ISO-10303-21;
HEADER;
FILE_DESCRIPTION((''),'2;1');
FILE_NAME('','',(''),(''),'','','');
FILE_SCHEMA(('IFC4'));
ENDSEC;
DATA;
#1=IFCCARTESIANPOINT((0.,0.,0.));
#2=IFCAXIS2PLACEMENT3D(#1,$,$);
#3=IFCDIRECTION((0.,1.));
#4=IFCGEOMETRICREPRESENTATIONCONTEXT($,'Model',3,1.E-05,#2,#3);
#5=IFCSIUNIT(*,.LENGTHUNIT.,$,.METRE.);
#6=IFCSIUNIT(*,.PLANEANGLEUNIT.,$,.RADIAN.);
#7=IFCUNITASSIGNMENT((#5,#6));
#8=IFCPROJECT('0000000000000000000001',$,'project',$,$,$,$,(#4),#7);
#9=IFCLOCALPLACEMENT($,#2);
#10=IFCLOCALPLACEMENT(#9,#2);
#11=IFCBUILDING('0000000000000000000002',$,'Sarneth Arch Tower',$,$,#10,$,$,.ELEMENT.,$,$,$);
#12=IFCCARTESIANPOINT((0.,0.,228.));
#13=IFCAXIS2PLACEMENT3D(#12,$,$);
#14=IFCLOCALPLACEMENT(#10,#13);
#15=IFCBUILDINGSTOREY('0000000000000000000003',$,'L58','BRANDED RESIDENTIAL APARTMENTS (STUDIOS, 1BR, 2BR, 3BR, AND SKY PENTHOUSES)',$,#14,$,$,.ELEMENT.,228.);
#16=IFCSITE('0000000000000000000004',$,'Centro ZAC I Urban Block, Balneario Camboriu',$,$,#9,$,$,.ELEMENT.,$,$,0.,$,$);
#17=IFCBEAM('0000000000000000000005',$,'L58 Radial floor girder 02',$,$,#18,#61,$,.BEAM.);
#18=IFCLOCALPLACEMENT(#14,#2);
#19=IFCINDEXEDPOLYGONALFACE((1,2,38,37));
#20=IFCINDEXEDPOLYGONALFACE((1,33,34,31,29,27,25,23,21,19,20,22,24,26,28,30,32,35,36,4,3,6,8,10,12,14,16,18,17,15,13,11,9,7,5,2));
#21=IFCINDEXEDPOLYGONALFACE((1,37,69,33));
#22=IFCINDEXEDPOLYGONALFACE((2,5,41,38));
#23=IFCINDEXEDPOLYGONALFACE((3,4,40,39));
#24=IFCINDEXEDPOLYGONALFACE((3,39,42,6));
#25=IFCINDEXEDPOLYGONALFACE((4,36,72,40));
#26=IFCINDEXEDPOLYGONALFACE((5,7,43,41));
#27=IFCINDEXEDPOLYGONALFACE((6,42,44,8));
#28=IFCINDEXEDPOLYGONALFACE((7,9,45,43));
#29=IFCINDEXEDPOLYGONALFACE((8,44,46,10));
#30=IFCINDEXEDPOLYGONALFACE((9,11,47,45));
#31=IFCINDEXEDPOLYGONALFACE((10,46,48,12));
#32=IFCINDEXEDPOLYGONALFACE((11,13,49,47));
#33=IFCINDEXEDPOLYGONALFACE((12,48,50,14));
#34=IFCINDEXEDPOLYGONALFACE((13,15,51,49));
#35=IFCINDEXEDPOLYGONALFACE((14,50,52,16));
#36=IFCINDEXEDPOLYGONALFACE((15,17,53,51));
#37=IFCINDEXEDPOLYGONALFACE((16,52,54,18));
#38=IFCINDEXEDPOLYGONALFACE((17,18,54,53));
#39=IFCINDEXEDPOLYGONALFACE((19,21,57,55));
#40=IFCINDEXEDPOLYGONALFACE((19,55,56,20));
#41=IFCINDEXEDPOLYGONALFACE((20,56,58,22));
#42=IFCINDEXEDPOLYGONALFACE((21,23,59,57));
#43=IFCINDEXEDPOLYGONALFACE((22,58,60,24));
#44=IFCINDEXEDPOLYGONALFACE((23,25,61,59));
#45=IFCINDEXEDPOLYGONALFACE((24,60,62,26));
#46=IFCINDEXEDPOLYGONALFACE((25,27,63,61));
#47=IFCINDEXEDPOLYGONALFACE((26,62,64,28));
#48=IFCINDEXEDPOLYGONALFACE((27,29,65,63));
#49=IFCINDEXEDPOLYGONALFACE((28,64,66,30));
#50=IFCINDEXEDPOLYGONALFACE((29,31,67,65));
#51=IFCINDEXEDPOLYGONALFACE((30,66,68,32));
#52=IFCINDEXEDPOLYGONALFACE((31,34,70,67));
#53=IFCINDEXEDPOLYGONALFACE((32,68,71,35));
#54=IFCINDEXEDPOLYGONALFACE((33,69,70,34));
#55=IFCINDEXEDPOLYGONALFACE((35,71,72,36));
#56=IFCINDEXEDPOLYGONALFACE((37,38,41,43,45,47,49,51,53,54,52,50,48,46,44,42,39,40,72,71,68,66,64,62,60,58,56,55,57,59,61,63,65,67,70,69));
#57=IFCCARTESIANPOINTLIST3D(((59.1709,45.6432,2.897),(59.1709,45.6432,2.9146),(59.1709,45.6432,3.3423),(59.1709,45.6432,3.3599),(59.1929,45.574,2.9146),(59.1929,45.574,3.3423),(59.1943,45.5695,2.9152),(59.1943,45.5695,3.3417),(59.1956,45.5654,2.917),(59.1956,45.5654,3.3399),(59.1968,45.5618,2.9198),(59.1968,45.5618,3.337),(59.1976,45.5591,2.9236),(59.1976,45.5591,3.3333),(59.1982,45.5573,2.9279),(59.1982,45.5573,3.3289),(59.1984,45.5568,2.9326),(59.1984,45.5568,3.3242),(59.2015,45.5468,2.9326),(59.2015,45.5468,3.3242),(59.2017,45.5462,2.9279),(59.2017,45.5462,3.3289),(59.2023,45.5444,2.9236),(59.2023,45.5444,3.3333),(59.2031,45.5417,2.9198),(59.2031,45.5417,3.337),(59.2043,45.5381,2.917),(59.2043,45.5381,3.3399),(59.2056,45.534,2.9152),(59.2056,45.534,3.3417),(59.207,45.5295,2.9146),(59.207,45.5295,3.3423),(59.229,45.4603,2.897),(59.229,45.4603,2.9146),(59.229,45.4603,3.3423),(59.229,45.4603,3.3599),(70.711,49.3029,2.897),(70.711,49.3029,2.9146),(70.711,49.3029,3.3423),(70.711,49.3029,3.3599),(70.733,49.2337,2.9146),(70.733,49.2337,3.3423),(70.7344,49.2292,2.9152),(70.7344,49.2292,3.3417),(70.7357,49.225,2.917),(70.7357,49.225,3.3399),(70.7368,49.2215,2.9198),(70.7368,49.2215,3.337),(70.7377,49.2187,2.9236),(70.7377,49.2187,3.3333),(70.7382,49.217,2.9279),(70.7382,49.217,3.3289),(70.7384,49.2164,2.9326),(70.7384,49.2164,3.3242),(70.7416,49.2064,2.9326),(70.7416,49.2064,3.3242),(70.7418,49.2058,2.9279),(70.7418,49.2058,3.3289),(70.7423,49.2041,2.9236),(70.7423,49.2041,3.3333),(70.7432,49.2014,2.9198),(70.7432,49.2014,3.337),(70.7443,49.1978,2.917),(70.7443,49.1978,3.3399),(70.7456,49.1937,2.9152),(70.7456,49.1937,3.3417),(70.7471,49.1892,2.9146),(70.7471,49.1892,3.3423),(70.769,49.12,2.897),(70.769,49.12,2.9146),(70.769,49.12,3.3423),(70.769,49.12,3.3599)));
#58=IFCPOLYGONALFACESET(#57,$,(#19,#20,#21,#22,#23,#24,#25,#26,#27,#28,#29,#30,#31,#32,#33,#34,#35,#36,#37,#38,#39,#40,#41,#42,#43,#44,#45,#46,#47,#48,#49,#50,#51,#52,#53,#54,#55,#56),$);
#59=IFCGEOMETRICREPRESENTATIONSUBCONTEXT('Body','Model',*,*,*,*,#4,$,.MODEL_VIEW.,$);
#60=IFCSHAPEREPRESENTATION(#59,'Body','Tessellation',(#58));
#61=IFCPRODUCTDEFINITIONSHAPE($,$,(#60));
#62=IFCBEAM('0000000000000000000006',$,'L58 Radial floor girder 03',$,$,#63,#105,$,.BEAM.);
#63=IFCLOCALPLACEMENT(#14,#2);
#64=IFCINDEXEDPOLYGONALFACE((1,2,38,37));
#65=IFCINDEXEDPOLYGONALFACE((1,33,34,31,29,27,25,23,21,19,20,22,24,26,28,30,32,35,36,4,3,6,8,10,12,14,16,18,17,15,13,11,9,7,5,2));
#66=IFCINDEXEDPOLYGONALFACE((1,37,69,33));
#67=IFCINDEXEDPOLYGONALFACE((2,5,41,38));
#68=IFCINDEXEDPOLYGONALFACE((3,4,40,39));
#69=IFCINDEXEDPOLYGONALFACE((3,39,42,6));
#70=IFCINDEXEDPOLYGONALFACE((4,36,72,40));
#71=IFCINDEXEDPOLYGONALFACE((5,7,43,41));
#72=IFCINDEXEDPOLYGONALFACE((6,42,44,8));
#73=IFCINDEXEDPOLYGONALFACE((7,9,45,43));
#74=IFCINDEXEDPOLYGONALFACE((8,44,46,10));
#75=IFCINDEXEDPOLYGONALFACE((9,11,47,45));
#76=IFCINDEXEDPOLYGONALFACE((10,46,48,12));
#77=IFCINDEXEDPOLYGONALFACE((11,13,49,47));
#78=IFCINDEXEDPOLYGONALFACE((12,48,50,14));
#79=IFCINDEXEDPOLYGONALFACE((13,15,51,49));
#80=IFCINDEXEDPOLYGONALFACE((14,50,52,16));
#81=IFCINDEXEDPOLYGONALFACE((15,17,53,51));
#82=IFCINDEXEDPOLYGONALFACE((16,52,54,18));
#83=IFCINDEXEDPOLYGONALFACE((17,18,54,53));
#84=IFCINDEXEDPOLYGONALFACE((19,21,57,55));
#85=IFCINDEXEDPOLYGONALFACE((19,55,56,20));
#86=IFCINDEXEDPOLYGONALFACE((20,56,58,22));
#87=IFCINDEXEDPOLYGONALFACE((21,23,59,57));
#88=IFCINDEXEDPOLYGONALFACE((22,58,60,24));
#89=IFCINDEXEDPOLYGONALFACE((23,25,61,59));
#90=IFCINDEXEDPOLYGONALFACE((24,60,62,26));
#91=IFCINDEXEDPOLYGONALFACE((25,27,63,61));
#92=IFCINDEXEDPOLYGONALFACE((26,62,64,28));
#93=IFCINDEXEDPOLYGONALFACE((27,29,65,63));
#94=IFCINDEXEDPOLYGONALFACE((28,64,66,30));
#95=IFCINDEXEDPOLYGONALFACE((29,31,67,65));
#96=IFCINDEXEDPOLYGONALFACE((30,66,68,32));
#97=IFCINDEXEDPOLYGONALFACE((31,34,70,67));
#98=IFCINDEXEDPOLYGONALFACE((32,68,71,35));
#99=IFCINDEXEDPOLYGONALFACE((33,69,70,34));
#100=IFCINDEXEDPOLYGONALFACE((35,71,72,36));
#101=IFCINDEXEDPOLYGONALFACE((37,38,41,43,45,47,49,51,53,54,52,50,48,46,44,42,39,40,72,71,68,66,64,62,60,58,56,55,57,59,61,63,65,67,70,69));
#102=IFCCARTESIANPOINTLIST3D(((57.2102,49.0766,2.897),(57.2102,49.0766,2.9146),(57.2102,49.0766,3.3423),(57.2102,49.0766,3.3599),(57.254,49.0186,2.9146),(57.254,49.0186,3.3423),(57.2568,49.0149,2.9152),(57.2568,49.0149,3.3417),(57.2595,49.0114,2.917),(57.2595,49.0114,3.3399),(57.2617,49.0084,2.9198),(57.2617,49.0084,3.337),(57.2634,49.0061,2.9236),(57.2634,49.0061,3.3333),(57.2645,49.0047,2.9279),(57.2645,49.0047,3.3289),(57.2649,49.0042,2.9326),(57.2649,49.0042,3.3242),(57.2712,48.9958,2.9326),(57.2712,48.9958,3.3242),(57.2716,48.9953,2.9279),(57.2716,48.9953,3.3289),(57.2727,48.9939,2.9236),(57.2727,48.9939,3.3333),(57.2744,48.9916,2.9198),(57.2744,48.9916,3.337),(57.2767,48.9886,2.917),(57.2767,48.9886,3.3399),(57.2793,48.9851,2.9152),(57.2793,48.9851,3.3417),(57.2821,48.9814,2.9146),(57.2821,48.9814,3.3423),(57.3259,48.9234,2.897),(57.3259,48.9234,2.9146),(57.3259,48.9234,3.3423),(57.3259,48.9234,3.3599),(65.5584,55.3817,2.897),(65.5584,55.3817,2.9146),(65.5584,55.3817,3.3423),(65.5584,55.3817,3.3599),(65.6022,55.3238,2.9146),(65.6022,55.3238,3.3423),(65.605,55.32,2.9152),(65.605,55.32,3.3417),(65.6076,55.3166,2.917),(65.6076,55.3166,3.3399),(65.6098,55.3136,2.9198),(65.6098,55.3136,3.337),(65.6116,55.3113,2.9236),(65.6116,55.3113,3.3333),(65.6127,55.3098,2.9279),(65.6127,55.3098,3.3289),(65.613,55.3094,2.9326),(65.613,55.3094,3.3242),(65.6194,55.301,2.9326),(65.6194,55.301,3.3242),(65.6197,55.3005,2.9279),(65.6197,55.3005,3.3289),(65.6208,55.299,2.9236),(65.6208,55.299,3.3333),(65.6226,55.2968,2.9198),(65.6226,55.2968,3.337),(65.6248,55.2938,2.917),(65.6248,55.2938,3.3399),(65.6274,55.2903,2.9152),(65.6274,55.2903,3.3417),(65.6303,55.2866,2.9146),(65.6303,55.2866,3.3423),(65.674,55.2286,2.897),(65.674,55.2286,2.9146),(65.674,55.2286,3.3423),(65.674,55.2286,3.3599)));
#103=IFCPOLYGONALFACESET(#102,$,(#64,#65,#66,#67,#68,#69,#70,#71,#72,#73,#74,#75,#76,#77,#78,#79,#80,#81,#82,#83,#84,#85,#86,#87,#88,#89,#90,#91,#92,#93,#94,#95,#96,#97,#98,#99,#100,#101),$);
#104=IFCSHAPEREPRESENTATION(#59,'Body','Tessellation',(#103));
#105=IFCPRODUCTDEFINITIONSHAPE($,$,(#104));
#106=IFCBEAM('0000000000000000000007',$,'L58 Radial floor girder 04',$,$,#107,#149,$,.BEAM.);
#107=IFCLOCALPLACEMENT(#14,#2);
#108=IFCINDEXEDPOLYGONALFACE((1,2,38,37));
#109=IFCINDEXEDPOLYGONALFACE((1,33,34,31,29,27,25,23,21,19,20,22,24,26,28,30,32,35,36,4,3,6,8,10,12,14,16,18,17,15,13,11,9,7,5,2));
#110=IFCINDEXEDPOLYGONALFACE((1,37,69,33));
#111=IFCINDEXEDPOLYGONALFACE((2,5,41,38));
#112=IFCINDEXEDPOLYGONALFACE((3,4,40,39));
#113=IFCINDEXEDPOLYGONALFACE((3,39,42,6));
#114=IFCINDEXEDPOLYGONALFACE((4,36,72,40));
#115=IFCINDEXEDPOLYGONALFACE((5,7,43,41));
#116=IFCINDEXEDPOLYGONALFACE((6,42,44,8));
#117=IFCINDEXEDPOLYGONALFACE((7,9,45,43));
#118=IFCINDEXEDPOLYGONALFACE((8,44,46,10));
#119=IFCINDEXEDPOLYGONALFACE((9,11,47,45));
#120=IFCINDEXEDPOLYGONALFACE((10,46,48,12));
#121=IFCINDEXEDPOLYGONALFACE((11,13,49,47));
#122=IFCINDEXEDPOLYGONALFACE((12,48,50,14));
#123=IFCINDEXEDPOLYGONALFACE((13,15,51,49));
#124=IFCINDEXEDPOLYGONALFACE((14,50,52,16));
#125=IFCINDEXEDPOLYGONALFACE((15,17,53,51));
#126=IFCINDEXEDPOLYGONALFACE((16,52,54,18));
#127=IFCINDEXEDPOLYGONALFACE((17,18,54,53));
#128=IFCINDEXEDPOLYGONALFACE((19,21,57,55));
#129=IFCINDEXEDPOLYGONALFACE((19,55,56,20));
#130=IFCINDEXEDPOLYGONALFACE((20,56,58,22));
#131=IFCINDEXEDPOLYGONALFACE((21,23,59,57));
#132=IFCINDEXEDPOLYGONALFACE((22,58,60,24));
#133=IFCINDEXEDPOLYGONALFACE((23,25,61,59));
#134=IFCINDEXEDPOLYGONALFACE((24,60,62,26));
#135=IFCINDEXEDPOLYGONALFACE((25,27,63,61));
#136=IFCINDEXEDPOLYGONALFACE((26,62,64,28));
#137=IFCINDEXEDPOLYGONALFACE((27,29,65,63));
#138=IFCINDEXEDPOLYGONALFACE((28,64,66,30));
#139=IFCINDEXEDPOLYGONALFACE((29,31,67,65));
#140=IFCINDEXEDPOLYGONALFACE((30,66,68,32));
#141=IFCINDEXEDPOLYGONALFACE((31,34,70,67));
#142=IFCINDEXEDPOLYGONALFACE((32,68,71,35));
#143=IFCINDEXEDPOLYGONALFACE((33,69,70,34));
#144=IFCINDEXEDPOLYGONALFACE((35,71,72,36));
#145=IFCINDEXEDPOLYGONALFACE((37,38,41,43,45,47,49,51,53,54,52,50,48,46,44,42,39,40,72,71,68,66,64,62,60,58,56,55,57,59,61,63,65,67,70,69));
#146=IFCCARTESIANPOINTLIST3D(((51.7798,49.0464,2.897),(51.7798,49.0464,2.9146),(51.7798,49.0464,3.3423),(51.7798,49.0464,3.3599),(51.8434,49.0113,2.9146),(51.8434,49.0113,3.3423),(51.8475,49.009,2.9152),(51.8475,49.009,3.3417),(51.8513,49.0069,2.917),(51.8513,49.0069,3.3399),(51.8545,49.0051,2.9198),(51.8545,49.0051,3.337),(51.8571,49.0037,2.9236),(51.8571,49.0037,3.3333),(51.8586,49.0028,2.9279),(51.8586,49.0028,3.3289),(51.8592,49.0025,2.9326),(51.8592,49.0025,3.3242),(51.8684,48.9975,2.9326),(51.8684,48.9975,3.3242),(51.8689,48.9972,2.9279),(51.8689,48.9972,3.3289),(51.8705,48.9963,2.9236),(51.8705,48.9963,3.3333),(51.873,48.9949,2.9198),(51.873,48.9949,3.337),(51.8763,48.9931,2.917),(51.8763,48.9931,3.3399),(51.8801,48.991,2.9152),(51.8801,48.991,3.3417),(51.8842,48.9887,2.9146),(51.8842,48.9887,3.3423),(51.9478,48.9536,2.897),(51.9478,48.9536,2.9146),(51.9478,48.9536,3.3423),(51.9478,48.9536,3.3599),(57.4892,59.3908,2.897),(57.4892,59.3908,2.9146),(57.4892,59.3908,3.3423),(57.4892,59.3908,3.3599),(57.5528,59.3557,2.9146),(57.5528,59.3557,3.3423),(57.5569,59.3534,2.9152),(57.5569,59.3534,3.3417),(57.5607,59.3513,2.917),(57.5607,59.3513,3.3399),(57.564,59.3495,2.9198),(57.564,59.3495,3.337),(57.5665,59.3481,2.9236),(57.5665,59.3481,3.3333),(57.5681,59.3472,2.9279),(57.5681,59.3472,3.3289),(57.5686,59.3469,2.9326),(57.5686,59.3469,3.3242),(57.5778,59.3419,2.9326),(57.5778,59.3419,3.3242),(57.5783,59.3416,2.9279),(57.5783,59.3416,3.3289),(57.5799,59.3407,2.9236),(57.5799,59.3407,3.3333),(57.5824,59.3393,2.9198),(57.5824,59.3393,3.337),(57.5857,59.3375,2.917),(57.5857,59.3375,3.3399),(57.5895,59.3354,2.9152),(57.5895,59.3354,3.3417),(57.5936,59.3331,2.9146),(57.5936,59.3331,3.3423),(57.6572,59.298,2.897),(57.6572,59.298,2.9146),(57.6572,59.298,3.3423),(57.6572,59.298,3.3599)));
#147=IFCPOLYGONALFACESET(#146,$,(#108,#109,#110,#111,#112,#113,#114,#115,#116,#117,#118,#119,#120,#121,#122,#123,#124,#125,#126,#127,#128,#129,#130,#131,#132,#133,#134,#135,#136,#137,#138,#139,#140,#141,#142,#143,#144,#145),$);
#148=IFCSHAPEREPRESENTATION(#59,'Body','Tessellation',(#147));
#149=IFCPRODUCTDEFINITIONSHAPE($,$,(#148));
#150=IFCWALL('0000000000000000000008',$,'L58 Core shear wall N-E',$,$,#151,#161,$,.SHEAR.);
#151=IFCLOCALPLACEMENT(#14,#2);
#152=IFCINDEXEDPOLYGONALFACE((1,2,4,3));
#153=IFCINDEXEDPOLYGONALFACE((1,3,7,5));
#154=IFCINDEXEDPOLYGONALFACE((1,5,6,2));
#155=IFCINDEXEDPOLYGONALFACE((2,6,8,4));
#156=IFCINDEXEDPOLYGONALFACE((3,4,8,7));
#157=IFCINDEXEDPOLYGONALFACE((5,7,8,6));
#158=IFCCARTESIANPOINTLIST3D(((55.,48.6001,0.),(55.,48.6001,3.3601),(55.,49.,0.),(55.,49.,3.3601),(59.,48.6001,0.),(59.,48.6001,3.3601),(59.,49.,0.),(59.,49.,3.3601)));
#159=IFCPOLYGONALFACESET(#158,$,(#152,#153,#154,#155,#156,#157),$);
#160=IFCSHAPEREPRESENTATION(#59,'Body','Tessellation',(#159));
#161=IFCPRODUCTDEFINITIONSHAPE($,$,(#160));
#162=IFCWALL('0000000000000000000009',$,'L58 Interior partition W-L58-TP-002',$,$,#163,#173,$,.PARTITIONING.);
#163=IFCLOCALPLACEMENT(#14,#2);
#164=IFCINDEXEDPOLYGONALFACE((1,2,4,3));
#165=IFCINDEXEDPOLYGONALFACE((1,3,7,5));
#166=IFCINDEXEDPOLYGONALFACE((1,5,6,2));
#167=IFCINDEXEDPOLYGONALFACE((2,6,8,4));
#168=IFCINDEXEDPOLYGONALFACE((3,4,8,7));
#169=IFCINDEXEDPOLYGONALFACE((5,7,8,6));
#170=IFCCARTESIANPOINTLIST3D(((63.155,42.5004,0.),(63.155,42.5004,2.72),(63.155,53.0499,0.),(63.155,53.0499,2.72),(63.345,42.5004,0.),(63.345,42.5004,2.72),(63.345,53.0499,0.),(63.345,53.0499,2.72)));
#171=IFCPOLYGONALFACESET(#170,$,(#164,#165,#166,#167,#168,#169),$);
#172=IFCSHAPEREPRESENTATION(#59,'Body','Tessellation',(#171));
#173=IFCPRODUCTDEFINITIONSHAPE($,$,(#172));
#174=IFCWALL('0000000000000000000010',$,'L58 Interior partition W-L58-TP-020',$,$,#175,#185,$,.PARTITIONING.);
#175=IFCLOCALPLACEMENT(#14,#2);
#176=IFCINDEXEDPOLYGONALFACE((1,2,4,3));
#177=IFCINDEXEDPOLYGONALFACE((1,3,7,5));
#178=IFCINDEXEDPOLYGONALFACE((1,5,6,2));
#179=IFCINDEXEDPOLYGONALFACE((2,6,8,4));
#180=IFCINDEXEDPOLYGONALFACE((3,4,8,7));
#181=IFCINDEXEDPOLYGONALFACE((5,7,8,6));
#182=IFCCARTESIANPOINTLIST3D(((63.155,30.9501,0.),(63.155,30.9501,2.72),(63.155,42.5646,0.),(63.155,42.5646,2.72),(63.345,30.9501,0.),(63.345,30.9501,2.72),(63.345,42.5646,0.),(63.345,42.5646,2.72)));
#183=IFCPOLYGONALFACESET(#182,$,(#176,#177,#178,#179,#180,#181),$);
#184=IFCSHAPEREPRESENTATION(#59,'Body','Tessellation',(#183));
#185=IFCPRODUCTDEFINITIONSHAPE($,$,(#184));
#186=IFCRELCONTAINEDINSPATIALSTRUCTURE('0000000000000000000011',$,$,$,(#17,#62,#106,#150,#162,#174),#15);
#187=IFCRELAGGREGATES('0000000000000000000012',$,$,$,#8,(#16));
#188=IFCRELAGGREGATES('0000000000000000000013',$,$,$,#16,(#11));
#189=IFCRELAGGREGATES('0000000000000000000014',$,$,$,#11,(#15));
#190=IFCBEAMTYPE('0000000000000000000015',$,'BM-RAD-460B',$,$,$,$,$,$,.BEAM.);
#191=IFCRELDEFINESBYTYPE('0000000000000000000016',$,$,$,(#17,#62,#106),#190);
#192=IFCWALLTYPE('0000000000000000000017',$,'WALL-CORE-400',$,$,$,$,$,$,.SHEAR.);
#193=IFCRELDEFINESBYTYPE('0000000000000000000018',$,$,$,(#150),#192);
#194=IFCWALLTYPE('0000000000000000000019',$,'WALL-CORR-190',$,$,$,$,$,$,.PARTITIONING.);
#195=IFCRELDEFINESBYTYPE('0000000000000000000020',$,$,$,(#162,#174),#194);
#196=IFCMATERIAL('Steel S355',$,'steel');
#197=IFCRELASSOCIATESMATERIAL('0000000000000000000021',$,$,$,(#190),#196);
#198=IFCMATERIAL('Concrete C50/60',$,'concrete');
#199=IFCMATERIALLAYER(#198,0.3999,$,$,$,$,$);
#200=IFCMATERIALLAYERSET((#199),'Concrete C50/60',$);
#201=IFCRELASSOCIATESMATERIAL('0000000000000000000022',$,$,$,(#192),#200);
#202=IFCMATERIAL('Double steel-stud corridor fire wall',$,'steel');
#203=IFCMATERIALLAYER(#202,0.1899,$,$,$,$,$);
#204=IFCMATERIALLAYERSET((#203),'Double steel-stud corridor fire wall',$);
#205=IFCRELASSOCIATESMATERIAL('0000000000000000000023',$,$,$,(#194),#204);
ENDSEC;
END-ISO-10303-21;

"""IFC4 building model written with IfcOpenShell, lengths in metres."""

from ifc_helpers import new_model, si_unit, direction, frame, frame_2d, origin, origin_2d, place, context, subcontext, project, spatial, rectangle, i_section, extrude, material, layer, layer_set, material_profile, profile_set, type_object, element, save


model = new_model("IFC4")

# Units and contexts
model_context = context("Model", 3, precision=1e-05, world=origin(), true_north=direction((0.0, 1.0)))
body_context = subcontext(model_context, "Body", "Model", "MODEL_VIEW")
ifc_project = project(units=[si_unit("LENGTHUNIT", "METRE"), si_unit("PLANEANGLEUNIT", "RADIAN")], contexts=[model_context])

# Site, building, storey
site_placement = place(None, origin())
site = spatial("IfcSite", under=ifc_project, at=site_placement, Name="Centro ZAC I Urban Block, Balneario Camboriu", CompositionType="ELEMENT", RefElevation=0.0)
building_placement = place(site_placement, origin())
building = spatial("IfcBuilding", under=site, at=building_placement, Name="Sarneth Arch Tower", CompositionType="ELEMENT")
storey_placement = place(building_placement, frame((0.0, 0.0, 228.0)))
storey = spatial("IfcBuildingStorey", under=building, at=storey_placement, Name="L58", Description="BRANDED RESIDENTIAL APARTMENTS (STUDIOS, 1BR, 2BR, 3BR, AND SKY PENTHOUSES)", CompositionType="ELEMENT", Elevation=228.0)

# Beams
ifc_material_1 = material(Name="Steel S355", Category="steel")
ifc_material_profile_1 = material_profile(ifc_material_1, i_section(OverallWidth=0.1919, OverallDepth=0.4629, WebThickness=0.0105, FlangeThickness=0.0176, FilletRadius=0.0181, at=origin_2d()), Name="W460x89")
ifc_profile_set_1 = profile_set([ifc_material_profile_1], Name="Steel S355")
beam_type_1 = type_object("IfcBeamType", Name="BM-RAD-460B", PredefinedType="BEAM", material=ifc_profile_set_1)
beam_1_placement = place(storey_placement, frame((59.2, 45.5518, 3.1284), z_axis=(0.953216, 0.302291, 0.0), x_axis=(-0.302291, 0.953216, 0.0)))
element("IfcBeam", 1, at=beam_1_placement, inside=storey, type_object=beam_type_1, Name="L58 Radial floor girder 02", PredefinedType="BEAM", context=body_context, shape_type="SweptSolid", body=[
    extrude(i_section(OverallWidth=0.1919, OverallDepth=0.4629, WebThickness=0.0105, FlangeThickness=0.0176, FilletRadius=0.0181, at=origin_2d()), origin(), (0.0, 0.0, 1.0), 12.1064),
])
beam_2_placement = place(storey_placement, frame((57.2681, 49.0, 3.1284), z_axis=(0.797974, 0.602692, 0.0), x_axis=(-0.602692, 0.797974, 0.0)))
element("IfcBeam", 2, at=beam_2_placement, inside=storey, type_object=beam_type_1, Name="L58 Radial floor girder 03", PredefinedType="BEAM", context=body_context, shape_type="SweptSolid", body=[
    extrude(i_section(OverallWidth=0.1919, OverallDepth=0.4629, WebThickness=0.0105, FlangeThickness=0.0176, FilletRadius=0.0181, at=origin_2d()), origin(), (0.0, 0.0, 1.0), 10.4617),
])
beam_3_placement = place(storey_placement, frame((51.8638, 49.0, 3.1284), z_axis=(0.483218, 0.8755, 0.0), x_axis=(-0.8755, 0.483218, 0.0)))
element("IfcBeam", 3, at=beam_3_placement, inside=storey, type_object=beam_type_1, Name="L58 Radial floor girder 04", PredefinedType="BEAM", context=body_context, shape_type="SweptSolid", body=[
    extrude(i_section(OverallWidth=0.1919, OverallDepth=0.4629, WebThickness=0.0105, FlangeThickness=0.0176, FilletRadius=0.0181, at=origin_2d()), origin(), (0.0, 0.0, 1.0), 11.8154),
])

# Walls
ifc_material_2 = material(Name="Concrete C50/60", Category="concrete")
ifc_layer_1 = layer(ifc_material_2, 0.3999)
ifc_layer_set_1 = layer_set([ifc_layer_1], Name="Concrete C50/60")
wall_type_1 = type_object("IfcWallType", Name="WALL-CORE-400", PredefinedType="SHEAR", material=ifc_layer_set_1)
wall_1_placement = place(storey_placement, frame((55.0, 48.8, 0.0), z_axis=(0.0, 0.0, 1.0), x_axis=(1.0, 0.0, 0.0)))
element("IfcWall", 4, at=wall_1_placement, inside=storey, type_object=wall_type_1, Name="L58 Core shear wall N-E", PredefinedType="SHEAR", context=body_context, shape_type="SweptSolid", body=[
    extrude(rectangle(XDim=4.0, YDim=0.3999, at=frame_2d((2.0, 0.0))), origin(), (0.0, 0.0, 1.0), 3.3601),
])
ifc_material_3 = material(Name="Double steel-stud corridor fire wall", Category="steel")
ifc_layer_2 = layer(ifc_material_3, 0.1899)
ifc_layer_set_2 = layer_set([ifc_layer_2], Name="Double steel-stud corridor fire wall")
wall_type_2 = type_object("IfcWallType", Name="WALL-CORR-190", PredefinedType="PARTITIONING", material=ifc_layer_set_2)
wall_2_placement = place(storey_placement, frame((63.25, 53.05, 0.0), z_axis=(0.0, 0.0, 1.0), x_axis=(0.0, -1.0, 0.0)))
element("IfcWall", 5, at=wall_2_placement, inside=storey, type_object=wall_type_2, Name="L58 Interior partition W-L58-TP-002", PredefinedType="PARTITIONING", context=body_context, shape_type="SweptSolid", body=[
    extrude(rectangle(XDim=10.5496, YDim=0.1899, at=frame_2d((5.2749, 0.0))), origin(), (0.0, 0.0, 1.0), 2.72),
])
wall_3_placement = place(storey_placement, frame((63.25, 42.5645, 0.0), z_axis=(0.0, 0.0, 1.0), x_axis=(0.0, -1.0, 0.0)))
element("IfcWall", 6, at=wall_3_placement, inside=storey, type_object=wall_type_2, Name="L58 Interior partition W-L58-TP-020", PredefinedType="PARTITIONING", context=body_context, shape_type="SweptSolid", body=[
    extrude(rectangle(XDim=11.6145, YDim=0.1899, at=frame_2d((5.8071, 0.0))), origin(), (0.0, 0.0, 1.0), 2.72),
])

save(model, "model.ifc")
